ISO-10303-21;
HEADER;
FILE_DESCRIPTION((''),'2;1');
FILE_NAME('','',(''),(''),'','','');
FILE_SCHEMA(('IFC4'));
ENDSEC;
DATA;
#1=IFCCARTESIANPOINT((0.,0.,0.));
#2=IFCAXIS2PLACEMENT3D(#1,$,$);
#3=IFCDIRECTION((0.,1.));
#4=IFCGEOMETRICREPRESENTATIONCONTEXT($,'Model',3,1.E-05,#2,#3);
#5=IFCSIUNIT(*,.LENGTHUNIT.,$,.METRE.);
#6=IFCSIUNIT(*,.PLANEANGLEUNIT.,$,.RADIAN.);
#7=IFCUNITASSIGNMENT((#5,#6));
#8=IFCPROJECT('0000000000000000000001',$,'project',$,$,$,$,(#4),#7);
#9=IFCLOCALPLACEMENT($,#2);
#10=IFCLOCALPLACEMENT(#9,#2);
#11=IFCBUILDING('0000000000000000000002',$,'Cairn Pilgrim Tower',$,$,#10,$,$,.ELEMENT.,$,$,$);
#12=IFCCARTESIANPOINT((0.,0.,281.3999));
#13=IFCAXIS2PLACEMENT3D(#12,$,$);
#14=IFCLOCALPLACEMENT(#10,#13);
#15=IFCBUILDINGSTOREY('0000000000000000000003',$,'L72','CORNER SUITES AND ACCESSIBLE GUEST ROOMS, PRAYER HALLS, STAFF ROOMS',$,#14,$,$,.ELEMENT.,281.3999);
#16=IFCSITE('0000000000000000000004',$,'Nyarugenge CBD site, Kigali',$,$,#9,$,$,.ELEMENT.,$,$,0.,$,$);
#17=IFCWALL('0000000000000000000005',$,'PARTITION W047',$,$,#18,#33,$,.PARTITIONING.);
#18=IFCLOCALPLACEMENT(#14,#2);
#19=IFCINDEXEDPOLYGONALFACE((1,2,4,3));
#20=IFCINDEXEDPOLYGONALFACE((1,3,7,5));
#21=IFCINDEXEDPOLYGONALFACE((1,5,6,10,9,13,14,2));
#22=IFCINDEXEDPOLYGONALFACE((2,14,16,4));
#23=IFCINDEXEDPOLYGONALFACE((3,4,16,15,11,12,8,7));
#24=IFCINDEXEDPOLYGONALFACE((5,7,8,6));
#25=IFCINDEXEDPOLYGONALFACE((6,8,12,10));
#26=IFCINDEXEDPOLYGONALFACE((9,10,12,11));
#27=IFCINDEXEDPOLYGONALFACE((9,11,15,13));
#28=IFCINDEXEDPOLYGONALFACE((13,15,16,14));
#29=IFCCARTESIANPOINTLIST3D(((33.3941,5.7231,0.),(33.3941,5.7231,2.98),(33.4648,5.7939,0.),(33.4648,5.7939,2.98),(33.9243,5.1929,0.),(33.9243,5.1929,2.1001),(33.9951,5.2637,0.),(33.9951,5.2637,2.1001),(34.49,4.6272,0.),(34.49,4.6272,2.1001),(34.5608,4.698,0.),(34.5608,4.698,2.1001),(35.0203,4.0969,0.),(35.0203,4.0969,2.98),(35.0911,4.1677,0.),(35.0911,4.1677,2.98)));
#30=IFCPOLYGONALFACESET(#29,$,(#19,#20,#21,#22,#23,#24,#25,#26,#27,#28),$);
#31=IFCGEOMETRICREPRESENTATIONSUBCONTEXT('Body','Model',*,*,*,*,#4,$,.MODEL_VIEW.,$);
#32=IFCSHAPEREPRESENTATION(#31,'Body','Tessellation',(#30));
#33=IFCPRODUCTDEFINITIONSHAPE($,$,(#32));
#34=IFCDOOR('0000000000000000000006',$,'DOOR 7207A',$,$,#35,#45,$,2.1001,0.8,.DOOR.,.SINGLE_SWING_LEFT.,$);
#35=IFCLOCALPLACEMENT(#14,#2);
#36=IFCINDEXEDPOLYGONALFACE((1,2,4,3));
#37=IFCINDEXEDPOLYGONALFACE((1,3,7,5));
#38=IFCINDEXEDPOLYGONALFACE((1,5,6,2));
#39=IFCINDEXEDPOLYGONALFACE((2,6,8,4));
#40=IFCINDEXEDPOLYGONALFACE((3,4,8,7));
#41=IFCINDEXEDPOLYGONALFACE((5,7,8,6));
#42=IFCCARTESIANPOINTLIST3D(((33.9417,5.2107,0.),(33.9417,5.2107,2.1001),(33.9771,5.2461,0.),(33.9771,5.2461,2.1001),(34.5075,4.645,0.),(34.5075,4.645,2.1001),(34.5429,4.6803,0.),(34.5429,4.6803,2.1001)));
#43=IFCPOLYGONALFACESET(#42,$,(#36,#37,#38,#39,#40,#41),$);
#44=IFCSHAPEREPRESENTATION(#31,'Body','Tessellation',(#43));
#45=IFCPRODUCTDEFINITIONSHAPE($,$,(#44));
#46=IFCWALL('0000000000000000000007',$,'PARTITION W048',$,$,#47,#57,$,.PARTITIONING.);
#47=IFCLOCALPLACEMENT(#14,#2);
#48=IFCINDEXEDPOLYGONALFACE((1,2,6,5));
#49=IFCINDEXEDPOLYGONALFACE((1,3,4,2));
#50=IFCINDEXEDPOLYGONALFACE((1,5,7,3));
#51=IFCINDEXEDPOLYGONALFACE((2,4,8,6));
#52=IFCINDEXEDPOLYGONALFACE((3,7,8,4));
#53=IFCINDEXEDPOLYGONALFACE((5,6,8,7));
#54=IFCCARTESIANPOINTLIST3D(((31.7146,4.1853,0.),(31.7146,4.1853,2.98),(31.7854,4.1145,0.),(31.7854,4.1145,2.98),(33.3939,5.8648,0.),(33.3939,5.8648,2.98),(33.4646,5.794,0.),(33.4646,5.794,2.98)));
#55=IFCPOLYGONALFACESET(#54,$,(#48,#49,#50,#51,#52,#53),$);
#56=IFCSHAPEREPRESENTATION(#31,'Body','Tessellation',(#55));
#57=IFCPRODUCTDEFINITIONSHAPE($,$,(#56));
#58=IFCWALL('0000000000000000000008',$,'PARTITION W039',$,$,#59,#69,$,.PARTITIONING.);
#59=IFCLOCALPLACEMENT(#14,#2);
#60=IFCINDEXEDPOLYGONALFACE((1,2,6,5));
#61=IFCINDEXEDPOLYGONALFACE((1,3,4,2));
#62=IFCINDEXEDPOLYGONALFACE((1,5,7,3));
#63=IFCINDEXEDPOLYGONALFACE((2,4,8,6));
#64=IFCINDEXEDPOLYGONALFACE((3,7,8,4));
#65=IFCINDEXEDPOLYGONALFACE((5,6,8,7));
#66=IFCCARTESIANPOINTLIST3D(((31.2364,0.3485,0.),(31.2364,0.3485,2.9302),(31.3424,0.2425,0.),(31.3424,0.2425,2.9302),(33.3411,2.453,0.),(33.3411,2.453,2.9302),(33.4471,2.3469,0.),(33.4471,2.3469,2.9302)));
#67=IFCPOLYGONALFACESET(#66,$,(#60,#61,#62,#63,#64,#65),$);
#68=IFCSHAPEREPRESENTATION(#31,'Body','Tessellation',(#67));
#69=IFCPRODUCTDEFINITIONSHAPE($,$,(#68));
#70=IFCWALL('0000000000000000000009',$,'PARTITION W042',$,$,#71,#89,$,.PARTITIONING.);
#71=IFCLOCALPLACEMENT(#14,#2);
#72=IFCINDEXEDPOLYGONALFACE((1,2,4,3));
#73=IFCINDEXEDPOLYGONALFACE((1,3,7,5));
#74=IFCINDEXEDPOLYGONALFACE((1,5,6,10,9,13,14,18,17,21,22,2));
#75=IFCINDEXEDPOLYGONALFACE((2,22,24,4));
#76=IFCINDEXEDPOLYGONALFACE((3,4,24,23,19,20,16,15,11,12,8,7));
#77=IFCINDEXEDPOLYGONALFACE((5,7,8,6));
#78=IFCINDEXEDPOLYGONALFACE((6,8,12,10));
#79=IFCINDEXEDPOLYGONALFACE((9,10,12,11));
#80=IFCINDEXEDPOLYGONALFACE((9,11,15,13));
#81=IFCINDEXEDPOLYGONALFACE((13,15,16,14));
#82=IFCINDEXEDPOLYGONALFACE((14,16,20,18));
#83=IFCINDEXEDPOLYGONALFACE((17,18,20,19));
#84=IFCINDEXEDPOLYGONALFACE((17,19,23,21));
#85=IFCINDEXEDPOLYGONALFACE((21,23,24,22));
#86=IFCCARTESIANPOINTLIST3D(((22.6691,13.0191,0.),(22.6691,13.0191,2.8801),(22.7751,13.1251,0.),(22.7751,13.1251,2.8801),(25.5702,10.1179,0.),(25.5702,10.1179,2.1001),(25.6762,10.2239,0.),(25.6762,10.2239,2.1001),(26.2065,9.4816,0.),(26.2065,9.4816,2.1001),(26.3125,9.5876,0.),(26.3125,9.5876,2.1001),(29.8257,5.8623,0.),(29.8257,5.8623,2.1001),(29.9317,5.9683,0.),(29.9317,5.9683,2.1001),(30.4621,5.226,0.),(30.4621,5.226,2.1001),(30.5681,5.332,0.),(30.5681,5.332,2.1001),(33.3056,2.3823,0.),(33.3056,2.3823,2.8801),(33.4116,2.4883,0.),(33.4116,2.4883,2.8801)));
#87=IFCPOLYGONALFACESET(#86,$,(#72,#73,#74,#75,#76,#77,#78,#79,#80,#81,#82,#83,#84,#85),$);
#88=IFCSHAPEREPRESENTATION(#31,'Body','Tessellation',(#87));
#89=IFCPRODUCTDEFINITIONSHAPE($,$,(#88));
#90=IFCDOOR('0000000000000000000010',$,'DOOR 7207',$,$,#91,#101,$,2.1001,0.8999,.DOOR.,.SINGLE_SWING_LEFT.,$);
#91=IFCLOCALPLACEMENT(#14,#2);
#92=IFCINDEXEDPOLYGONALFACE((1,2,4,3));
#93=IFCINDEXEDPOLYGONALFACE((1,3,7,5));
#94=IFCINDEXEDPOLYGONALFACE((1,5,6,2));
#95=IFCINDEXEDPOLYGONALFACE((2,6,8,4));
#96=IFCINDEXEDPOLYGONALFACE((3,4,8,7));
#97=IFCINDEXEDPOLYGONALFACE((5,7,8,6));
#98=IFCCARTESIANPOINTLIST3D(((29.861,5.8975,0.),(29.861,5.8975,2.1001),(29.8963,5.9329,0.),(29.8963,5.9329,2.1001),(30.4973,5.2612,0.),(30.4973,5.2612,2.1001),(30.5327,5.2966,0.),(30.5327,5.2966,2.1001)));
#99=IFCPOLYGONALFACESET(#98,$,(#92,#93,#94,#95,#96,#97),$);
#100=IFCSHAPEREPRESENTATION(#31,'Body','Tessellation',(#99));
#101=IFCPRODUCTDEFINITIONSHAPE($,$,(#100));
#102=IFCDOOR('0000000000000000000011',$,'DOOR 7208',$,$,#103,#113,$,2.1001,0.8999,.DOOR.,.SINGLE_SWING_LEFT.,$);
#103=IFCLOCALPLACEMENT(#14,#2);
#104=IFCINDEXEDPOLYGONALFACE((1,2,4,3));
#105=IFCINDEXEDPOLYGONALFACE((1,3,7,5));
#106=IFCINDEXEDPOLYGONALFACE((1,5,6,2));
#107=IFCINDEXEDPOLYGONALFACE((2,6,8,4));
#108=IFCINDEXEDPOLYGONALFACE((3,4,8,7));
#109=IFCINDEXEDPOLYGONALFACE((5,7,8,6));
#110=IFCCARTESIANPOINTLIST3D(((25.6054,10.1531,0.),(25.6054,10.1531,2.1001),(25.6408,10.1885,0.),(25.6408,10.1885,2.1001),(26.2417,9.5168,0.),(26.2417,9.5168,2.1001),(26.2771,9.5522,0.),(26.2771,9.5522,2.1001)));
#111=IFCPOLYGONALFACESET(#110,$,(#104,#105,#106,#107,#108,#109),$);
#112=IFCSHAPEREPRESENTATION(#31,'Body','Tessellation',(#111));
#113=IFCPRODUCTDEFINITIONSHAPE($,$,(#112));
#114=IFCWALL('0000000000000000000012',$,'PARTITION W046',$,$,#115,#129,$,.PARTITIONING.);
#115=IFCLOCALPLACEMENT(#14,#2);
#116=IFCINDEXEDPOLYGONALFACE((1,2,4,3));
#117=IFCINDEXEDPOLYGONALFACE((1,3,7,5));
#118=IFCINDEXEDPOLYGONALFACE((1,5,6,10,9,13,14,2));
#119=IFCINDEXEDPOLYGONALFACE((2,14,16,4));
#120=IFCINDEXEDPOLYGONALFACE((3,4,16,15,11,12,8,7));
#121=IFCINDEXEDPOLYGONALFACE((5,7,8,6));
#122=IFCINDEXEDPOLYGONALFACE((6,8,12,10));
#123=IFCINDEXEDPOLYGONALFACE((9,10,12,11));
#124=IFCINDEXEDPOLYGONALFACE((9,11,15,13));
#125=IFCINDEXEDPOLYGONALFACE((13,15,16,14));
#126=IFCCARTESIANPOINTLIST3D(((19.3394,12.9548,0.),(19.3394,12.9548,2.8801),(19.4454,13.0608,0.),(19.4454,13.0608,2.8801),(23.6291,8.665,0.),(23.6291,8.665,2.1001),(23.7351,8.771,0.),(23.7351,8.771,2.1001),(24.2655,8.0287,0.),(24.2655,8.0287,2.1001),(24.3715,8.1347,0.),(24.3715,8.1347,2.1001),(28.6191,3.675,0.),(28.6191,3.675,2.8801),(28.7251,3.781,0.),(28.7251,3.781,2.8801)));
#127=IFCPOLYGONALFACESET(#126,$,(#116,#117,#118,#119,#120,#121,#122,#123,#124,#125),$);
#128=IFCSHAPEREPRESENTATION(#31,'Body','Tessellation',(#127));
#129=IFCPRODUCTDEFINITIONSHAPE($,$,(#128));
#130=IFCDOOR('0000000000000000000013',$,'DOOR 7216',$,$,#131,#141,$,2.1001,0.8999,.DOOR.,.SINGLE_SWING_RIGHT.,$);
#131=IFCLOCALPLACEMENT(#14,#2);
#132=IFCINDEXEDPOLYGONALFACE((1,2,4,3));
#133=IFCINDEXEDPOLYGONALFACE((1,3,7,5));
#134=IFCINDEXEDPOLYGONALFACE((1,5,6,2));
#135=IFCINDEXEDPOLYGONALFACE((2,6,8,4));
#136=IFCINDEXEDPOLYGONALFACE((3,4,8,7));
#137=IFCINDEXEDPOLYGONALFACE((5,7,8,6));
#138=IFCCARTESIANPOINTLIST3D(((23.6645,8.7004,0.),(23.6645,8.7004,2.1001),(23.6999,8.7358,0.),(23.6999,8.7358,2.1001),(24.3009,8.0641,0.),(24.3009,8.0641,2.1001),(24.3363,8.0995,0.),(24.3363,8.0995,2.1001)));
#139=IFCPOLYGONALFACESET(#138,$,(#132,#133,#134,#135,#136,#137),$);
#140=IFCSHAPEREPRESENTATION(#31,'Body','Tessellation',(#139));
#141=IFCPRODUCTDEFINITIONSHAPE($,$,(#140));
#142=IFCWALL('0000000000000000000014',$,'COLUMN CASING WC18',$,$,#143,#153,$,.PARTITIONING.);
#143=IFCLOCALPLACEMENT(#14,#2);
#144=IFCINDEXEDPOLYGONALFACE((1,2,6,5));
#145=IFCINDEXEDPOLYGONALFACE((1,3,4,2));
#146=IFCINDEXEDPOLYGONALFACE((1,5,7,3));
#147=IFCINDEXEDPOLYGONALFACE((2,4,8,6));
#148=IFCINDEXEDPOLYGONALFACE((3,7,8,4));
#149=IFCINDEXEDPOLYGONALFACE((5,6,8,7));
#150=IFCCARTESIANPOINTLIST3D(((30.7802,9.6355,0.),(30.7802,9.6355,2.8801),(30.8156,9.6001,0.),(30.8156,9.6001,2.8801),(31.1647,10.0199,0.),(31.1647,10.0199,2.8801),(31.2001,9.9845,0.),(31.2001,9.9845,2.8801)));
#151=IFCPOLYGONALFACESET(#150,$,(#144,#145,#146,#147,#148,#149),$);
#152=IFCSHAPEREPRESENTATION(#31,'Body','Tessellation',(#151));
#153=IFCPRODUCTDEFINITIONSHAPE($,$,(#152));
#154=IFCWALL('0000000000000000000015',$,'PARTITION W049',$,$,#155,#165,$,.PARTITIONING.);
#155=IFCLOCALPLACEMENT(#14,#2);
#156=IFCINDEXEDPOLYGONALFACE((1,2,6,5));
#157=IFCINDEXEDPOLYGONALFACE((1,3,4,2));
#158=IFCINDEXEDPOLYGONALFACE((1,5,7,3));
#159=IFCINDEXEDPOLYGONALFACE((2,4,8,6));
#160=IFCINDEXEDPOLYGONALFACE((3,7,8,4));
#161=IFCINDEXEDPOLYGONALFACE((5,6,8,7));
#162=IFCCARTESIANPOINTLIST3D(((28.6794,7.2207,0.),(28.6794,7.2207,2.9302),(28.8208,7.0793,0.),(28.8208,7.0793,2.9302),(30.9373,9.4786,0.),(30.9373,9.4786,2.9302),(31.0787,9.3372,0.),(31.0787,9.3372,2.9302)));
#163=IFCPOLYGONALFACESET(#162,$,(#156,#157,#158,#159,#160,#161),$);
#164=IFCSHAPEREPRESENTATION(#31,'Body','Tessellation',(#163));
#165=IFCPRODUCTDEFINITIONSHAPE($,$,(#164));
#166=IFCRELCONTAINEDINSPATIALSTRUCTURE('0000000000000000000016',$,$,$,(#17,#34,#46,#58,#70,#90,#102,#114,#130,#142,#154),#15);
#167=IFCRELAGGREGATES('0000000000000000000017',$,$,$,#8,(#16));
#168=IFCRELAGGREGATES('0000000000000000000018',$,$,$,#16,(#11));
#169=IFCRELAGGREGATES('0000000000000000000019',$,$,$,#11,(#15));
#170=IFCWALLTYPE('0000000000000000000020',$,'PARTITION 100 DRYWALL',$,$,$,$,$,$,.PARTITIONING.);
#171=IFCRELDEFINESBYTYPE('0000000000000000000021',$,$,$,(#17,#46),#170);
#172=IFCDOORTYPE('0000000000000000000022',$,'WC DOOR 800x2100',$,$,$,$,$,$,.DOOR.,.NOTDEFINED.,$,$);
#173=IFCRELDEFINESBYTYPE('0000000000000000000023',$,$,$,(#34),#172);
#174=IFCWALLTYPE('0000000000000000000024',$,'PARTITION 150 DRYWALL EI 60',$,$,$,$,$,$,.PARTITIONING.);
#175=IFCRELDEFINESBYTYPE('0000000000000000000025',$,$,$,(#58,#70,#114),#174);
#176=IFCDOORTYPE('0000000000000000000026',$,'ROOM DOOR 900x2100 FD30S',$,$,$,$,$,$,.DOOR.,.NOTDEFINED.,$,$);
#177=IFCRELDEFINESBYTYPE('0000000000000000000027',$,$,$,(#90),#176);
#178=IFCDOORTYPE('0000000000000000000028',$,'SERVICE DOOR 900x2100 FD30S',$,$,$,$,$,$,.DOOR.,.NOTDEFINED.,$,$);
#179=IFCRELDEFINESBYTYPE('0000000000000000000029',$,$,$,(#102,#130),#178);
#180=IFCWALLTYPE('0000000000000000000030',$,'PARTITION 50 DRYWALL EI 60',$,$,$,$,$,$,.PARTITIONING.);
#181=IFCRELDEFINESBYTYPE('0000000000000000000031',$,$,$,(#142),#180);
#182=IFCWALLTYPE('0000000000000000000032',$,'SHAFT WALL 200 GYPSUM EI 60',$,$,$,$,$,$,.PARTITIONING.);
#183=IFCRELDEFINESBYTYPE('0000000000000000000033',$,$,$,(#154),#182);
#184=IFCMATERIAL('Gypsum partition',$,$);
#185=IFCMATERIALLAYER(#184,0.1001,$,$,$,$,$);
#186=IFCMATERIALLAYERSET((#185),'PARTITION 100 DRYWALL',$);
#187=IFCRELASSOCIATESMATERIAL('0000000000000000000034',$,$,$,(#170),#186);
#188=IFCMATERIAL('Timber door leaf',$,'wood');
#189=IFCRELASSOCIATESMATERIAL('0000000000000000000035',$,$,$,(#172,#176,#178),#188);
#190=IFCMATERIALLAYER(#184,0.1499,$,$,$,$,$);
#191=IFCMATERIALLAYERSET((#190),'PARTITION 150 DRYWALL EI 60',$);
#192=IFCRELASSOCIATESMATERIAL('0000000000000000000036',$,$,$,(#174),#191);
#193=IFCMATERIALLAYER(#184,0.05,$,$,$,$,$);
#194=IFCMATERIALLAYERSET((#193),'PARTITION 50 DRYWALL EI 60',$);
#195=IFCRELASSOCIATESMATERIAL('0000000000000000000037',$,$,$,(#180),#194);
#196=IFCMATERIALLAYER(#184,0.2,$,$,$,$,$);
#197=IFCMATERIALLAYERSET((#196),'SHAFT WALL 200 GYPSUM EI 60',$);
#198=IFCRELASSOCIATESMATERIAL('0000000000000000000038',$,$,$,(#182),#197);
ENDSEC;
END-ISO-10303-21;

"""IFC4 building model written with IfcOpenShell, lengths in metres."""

from ifc_helpers import new_model, si_unit, direction, frame, frame_2d, origin, place, context, subcontext, project, spatial, rectangle, extrude, material, layer, layer_set, type_object, element, fill, save


model = new_model("IFC4")

# Units and contexts
model_context = context("Model", 3, precision=1e-05, world=origin(), true_north=direction((0.0, 1.0)))
body_context = subcontext(model_context, "Body", "Model", "MODEL_VIEW")
ifc_project = project(units=[si_unit("LENGTHUNIT", "METRE"), si_unit("PLANEANGLEUNIT", "RADIAN")], contexts=[model_context])

# Site, building, storey
site_placement = place(None, origin())
site = spatial("IfcSite", under=ifc_project, at=site_placement, Name="Nyarugenge CBD site, Kigali", CompositionType="ELEMENT", RefElevation=0.0)
building_placement = place(site_placement, origin())
building = spatial("IfcBuilding", under=site, at=building_placement, Name="Cairn Pilgrim Tower", CompositionType="ELEMENT")
storey_placement = place(building_placement, frame((0.0, 0.0, 281.3999)))
storey = spatial("IfcBuildingStorey", under=building, at=storey_placement, Name="L72", Description="CORNER SUITES AND ACCESSIBLE GUEST ROOMS, PRAYER HALLS, STAFF ROOMS", CompositionType="ELEMENT", Elevation=281.3999)

# Shared definitions
ifc_material_1 = material(Name="Gypsum partition")
ifc_layer_1 = layer(ifc_material_1, 0.1001)
ifc_layer_set_1 = layer_set([ifc_layer_1], Name="PARTITION 100 DRYWALL")
wall_type_1 = type_object("IfcWallType", Name="PARTITION 100 DRYWALL", PredefinedType="PARTITIONING", material=ifc_layer_set_1)

# Wall, opening, door
wall_1_placement = place(storey_placement, frame((35.0557, 4.1323, 0.0), z_axis=(0.0, 0.0, 1.0), x_axis=(-0.707107, 0.707107, 0.0)))
wall_1 = element("IfcWall", 1, at=wall_1_placement, inside=storey, type_object=wall_type_1, Name="PARTITION W047", PredefinedType="PARTITIONING", context=body_context, shape_type="SweptSolid", body=[
    extrude(rectangle(XDim=2.2998, YDim=0.1001, at=frame_2d((1.1499, 0.0))), origin(), (0.0, 0.0, 1.0), 2.98),
])
opening_1_placement = place(wall_1_placement, frame((0.75, 0.0, 0.0)))
opening_1 = element("IfcOpeningElement", 2, at=opening_1_placement, cuts=wall_1, PredefinedType="OPENING", context=body_context, shape_type="SweptSolid", body=[
    extrude(rectangle(XDim=0.8, YDim=2.1001, at=frame_2d((0.3999, 1.05))), frame((0.0, 0.0601, 0.0), z_axis=(0.0, -1.0, 0.0), x_axis=(1.0, 0.0, 0.0)), (0.0, 0.0, 1.0), 0.1201),
])
ifc_material_2 = material(Name="Timber door leaf", Category="wood")
door_type_1 = type_object("IfcDoorType", Name="WC DOOR 800x2100", OperationType="NOTDEFINED", PredefinedType="DOOR", material=ifc_material_2)
door_1_placement = place(opening_1_placement, frame((0.8, 0.0, 0.0), z_axis=(0.0, 0.0, 1.0), x_axis=(-1.0, 0.0, 0.0)))
door_1 = element("IfcDoor", 3, at=door_1_placement, inside=storey, type_object=door_type_1, Name="DOOR 7207A", OperationType="SINGLE_SWING_LEFT", OverallHeight=2.1001, OverallWidth=0.8, PredefinedType="DOOR", context=body_context, shape_type="SweptSolid", body=[
    extrude(rectangle(XDim=0.8, YDim=2.1001, at=frame_2d((0.3999, 1.05))), frame((0.0, 0.0249, 0.0), z_axis=(0.0, -1.0, 0.0), x_axis=(1.0, 0.0, 0.0)), (0.0, 0.0, 1.0), 0.05),
])
fill(opening_1, door_1)

# Walls
wall_2_placement = place(storey_placement, frame((31.75, 4.1499, 0.0), z_axis=(0.0, 0.0, 1.0), x_axis=(0.707055, 0.707158, 0.0)))
element("IfcWall", 4, at=wall_2_placement, inside=storey, type_object=wall_type_1, Name="PARTITION W048", PredefinedType="PARTITIONING", context=body_context, shape_type="SweptSolid", body=[
    extrude(rectangle(XDim=2.375, YDim=0.1001, at=frame_2d((1.1875, 0.0))), origin(), (0.0, 0.0, 1.0), 2.98),
])
ifc_layer_2 = layer(ifc_material_1, 0.1499)
ifc_layer_set_2 = layer_set([ifc_layer_2], Name="PARTITION 150 DRYWALL EI 60")
wall_type_2 = type_object("IfcWallType", Name="PARTITION 150 DRYWALL EI 60", PredefinedType="PARTITIONING", material=ifc_layer_set_2)
wall_3_placement = place(storey_placement, frame((31.2893, 0.2954, 0.0), z_axis=(0.0, 0.0, 1.0), x_axis=(0.707148, 0.707066, 0.0)))
element("IfcWall", 5, at=wall_3_placement, inside=storey, type_object=wall_type_2, Name="PARTITION W039", PredefinedType="PARTITIONING", context=body_context, shape_type="SweptSolid", body=[
    extrude(rectangle(XDim=2.9763, YDim=0.1499, at=frame_2d((1.4883, 0.0))), origin(), (0.0, 0.0, 1.0), 2.9302),
])

# Wall, openings, doors
wall_4_placement = place(storey_placement, frame((33.3586, 2.4353, 0.0), z_axis=(0.0, 0.0, 1.0), x_axis=(-0.707099, 0.707115, 0.0)))
wall_4 = element("IfcWall", 6, at=wall_4_placement, inside=storey, type_object=wall_type_2, Name="PARTITION W042", PredefinedType="PARTITIONING", context=body_context, shape_type="SweptSolid", body=[
    extrude(rectangle(XDim=15.0425, YDim=0.1499, at=frame_2d((7.5212, 0.0))), origin(), (0.0, 0.0, 1.0), 2.8801),
])
opening_2_placement = place(wall_4_placement, frame((4.0215, 0.0, 0.0)))
opening_2 = element("IfcOpeningElement", 7, at=opening_2_placement, cuts=wall_4, PredefinedType="OPENING", context=body_context, shape_type="SweptSolid", body=[
    extrude(rectangle(XDim=0.8999, YDim=2.1001, at=frame_2d((0.45, 1.05))), frame((0.0, 0.085, 0.0), z_axis=(0.0, -1.0, 0.0), x_axis=(1.0, 0.0, 0.0)), (0.0, 0.0, 1.0), 0.1699),
])
opening_3_placement = place(wall_4_placement, frame((10.0398, 0.0, 0.0)))
opening_3 = element("IfcOpeningElement", 8, at=opening_3_placement, cuts=wall_4, PredefinedType="OPENING", context=body_context, shape_type="SweptSolid", body=[
    extrude(rectangle(XDim=0.8999, YDim=2.1001, at=frame_2d((0.45, 1.05))), frame((0.0, 0.085, 0.0), z_axis=(0.0, -1.0, 0.0), x_axis=(1.0, 0.0, 0.0)), (0.0, 0.0, 1.0), 0.1699),
])
door_type_2 = type_object("IfcDoorType", Name="ROOM DOOR 900x2100 FD30S", OperationType="NOTDEFINED", PredefinedType="DOOR", material=ifc_material_2)
door_2_placement = place(opening_2_placement, frame((0.8999, 0.0, 0.0), z_axis=(0.0, 0.0, 1.0), x_axis=(-1.0, 0.0, 0.0)))
door_2 = element("IfcDoor", 9, at=door_2_placement, inside=storey, type_object=door_type_2, Name="DOOR 7207", OperationType="SINGLE_SWING_LEFT", OverallHeight=2.1001, OverallWidth=0.8999, PredefinedType="DOOR", context=body_context, shape_type="SweptSolid", body=[
    extrude(rectangle(XDim=0.8999, YDim=2.1001, at=frame_2d((0.45, 1.05))), frame((0.0, 0.0249, 0.0), z_axis=(0.0, -1.0, 0.0), x_axis=(1.0, 0.0, 0.0)), (0.0, 0.0, 1.0), 0.05),
])
fill(opening_2, door_2)
door_type_3 = type_object("IfcDoorType", Name="SERVICE DOOR 900x2100 FD30S", OperationType="NOTDEFINED", PredefinedType="DOOR", material=ifc_material_2)
door_3_placement = place(opening_3_placement, frame((0.8999, 0.0, 0.0), z_axis=(0.0, 0.0, 1.0), x_axis=(-1.0, 0.0, 0.0)))
door_3 = element("IfcDoor", 10, at=door_3_placement, inside=storey, type_object=door_type_3, Name="DOOR 7208", OperationType="SINGLE_SWING_LEFT", OverallHeight=2.1001, OverallWidth=0.8999, PredefinedType="DOOR", context=body_context, shape_type="SweptSolid", body=[
    extrude(rectangle(XDim=0.8999, YDim=2.1001, at=frame_2d((0.45, 1.05))), frame((0.0, 0.0249, 0.0), z_axis=(0.0, -1.0, 0.0), x_axis=(1.0, 0.0, 0.0)), (0.0, 0.0, 1.0), 0.05),
])
fill(opening_3, door_3)

# Wall, opening, door
wall_5_placement = place(storey_placement, frame((28.6721, 3.728, 0.0), z_axis=(0.0, 0.0, 1.0), x_axis=(-0.707107, 0.707107, 0.0)))
wall_5 = element("IfcWall", 11, at=wall_5_placement, inside=storey, type_object=wall_type_2, Name="PARTITION W046", PredefinedType="PARTITIONING", context=body_context, shape_type="SweptSolid", body=[
    extrude(rectangle(XDim=13.1235, YDim=0.1499, at=frame_2d((6.5618, 0.0))), origin(), (0.0, 0.0, 1.0), 2.8801),
])
opening_4_placement = place(wall_5_placement, frame((6.157, 0.0, 0.0)))
opening_4 = element("IfcOpeningElement", 12, at=opening_4_placement, cuts=wall_5, PredefinedType="OPENING", context=body_context, shape_type="SweptSolid", body=[
    extrude(rectangle(XDim=0.8999, YDim=2.1001, at=frame_2d((0.45, 1.05))), frame((0.0, 0.085, 0.0), z_axis=(0.0, -1.0, 0.0), x_axis=(1.0, 0.0, 0.0)), (0.0, 0.0, 1.0), 0.1699),
])
door_4_placement = place(opening_4_placement, origin())
door_4 = element("IfcDoor", 13, at=door_4_placement, inside=storey, type_object=door_type_3, Name="DOOR 7216", OperationType="SINGLE_SWING_RIGHT", OverallHeight=2.1001, OverallWidth=0.8999, PredefinedType="DOOR", context=body_context, shape_type="SweptSolid", body=[
    extrude(rectangle(XDim=0.8999, YDim=2.1001, at=frame_2d((0.45, 1.05))), frame((0.0, 0.0249, 0.0), z_axis=(0.0, -1.0, 0.0), x_axis=(1.0, 0.0, 0.0)), (0.0, 0.0, 1.0), 0.05),
])
fill(opening_4, door_4)

# Walls
ifc_layer_3 = layer(ifc_material_1, 0.05)
ifc_layer_set_3 = layer_set([ifc_layer_3], Name="PARTITION 50 DRYWALL EI 60")
wall_type_3 = type_object("IfcWallType", Name="PARTITION 50 DRYWALL EI 60", PredefinedType="PARTITIONING", material=ifc_layer_set_3)
wall_6_placement = place(storey_placement, frame((30.7979, 9.6177, 0.0), z_axis=(0.0, 0.0, 1.0), x_axis=(0.707107, 0.707107, 0.0)))
element("IfcWall", 14, at=wall_6_placement, inside=storey, type_object=wall_type_3, Name="COLUMN CASING WC18", PredefinedType="PARTITIONING", context=body_context, shape_type="SweptSolid", body=[
    extrude(rectangle(XDim=0.5437, YDim=0.05, at=frame_2d((0.272, 0.0))), origin(), (0.0, 0.0, 1.0), 2.8801),
])
ifc_layer_4 = layer(ifc_material_1, 0.2)
ifc_layer_set_4 = layer_set([ifc_layer_4], Name="SHAFT WALL 200 GYPSUM EI 60")
wall_type_4 = type_object("IfcWallType", Name="SHAFT WALL 200 GYPSUM EI 60", PredefinedType="PARTITIONING", material=ifc_layer_set_4)
wall_7_placement = place(storey_placement, frame((28.75, 7.1499, 0.0), z_axis=(0.0, 0.0, 1.0), x_axis=(0.707107, 0.707107, 0.0)))
element("IfcWall", 15, at=wall_7_placement, inside=storey, type_object=wall_type_4, Name="PARTITION W049", PredefinedType="PARTITIONING", context=body_context, shape_type="SweptSolid", body=[
    extrude(rectangle(XDim=3.1931, YDim=0.2, at=frame_2d((1.5967, 0.0))), origin(), (0.0, 0.0, 1.0), 2.9302),
])

save(model, "model.ifc")
